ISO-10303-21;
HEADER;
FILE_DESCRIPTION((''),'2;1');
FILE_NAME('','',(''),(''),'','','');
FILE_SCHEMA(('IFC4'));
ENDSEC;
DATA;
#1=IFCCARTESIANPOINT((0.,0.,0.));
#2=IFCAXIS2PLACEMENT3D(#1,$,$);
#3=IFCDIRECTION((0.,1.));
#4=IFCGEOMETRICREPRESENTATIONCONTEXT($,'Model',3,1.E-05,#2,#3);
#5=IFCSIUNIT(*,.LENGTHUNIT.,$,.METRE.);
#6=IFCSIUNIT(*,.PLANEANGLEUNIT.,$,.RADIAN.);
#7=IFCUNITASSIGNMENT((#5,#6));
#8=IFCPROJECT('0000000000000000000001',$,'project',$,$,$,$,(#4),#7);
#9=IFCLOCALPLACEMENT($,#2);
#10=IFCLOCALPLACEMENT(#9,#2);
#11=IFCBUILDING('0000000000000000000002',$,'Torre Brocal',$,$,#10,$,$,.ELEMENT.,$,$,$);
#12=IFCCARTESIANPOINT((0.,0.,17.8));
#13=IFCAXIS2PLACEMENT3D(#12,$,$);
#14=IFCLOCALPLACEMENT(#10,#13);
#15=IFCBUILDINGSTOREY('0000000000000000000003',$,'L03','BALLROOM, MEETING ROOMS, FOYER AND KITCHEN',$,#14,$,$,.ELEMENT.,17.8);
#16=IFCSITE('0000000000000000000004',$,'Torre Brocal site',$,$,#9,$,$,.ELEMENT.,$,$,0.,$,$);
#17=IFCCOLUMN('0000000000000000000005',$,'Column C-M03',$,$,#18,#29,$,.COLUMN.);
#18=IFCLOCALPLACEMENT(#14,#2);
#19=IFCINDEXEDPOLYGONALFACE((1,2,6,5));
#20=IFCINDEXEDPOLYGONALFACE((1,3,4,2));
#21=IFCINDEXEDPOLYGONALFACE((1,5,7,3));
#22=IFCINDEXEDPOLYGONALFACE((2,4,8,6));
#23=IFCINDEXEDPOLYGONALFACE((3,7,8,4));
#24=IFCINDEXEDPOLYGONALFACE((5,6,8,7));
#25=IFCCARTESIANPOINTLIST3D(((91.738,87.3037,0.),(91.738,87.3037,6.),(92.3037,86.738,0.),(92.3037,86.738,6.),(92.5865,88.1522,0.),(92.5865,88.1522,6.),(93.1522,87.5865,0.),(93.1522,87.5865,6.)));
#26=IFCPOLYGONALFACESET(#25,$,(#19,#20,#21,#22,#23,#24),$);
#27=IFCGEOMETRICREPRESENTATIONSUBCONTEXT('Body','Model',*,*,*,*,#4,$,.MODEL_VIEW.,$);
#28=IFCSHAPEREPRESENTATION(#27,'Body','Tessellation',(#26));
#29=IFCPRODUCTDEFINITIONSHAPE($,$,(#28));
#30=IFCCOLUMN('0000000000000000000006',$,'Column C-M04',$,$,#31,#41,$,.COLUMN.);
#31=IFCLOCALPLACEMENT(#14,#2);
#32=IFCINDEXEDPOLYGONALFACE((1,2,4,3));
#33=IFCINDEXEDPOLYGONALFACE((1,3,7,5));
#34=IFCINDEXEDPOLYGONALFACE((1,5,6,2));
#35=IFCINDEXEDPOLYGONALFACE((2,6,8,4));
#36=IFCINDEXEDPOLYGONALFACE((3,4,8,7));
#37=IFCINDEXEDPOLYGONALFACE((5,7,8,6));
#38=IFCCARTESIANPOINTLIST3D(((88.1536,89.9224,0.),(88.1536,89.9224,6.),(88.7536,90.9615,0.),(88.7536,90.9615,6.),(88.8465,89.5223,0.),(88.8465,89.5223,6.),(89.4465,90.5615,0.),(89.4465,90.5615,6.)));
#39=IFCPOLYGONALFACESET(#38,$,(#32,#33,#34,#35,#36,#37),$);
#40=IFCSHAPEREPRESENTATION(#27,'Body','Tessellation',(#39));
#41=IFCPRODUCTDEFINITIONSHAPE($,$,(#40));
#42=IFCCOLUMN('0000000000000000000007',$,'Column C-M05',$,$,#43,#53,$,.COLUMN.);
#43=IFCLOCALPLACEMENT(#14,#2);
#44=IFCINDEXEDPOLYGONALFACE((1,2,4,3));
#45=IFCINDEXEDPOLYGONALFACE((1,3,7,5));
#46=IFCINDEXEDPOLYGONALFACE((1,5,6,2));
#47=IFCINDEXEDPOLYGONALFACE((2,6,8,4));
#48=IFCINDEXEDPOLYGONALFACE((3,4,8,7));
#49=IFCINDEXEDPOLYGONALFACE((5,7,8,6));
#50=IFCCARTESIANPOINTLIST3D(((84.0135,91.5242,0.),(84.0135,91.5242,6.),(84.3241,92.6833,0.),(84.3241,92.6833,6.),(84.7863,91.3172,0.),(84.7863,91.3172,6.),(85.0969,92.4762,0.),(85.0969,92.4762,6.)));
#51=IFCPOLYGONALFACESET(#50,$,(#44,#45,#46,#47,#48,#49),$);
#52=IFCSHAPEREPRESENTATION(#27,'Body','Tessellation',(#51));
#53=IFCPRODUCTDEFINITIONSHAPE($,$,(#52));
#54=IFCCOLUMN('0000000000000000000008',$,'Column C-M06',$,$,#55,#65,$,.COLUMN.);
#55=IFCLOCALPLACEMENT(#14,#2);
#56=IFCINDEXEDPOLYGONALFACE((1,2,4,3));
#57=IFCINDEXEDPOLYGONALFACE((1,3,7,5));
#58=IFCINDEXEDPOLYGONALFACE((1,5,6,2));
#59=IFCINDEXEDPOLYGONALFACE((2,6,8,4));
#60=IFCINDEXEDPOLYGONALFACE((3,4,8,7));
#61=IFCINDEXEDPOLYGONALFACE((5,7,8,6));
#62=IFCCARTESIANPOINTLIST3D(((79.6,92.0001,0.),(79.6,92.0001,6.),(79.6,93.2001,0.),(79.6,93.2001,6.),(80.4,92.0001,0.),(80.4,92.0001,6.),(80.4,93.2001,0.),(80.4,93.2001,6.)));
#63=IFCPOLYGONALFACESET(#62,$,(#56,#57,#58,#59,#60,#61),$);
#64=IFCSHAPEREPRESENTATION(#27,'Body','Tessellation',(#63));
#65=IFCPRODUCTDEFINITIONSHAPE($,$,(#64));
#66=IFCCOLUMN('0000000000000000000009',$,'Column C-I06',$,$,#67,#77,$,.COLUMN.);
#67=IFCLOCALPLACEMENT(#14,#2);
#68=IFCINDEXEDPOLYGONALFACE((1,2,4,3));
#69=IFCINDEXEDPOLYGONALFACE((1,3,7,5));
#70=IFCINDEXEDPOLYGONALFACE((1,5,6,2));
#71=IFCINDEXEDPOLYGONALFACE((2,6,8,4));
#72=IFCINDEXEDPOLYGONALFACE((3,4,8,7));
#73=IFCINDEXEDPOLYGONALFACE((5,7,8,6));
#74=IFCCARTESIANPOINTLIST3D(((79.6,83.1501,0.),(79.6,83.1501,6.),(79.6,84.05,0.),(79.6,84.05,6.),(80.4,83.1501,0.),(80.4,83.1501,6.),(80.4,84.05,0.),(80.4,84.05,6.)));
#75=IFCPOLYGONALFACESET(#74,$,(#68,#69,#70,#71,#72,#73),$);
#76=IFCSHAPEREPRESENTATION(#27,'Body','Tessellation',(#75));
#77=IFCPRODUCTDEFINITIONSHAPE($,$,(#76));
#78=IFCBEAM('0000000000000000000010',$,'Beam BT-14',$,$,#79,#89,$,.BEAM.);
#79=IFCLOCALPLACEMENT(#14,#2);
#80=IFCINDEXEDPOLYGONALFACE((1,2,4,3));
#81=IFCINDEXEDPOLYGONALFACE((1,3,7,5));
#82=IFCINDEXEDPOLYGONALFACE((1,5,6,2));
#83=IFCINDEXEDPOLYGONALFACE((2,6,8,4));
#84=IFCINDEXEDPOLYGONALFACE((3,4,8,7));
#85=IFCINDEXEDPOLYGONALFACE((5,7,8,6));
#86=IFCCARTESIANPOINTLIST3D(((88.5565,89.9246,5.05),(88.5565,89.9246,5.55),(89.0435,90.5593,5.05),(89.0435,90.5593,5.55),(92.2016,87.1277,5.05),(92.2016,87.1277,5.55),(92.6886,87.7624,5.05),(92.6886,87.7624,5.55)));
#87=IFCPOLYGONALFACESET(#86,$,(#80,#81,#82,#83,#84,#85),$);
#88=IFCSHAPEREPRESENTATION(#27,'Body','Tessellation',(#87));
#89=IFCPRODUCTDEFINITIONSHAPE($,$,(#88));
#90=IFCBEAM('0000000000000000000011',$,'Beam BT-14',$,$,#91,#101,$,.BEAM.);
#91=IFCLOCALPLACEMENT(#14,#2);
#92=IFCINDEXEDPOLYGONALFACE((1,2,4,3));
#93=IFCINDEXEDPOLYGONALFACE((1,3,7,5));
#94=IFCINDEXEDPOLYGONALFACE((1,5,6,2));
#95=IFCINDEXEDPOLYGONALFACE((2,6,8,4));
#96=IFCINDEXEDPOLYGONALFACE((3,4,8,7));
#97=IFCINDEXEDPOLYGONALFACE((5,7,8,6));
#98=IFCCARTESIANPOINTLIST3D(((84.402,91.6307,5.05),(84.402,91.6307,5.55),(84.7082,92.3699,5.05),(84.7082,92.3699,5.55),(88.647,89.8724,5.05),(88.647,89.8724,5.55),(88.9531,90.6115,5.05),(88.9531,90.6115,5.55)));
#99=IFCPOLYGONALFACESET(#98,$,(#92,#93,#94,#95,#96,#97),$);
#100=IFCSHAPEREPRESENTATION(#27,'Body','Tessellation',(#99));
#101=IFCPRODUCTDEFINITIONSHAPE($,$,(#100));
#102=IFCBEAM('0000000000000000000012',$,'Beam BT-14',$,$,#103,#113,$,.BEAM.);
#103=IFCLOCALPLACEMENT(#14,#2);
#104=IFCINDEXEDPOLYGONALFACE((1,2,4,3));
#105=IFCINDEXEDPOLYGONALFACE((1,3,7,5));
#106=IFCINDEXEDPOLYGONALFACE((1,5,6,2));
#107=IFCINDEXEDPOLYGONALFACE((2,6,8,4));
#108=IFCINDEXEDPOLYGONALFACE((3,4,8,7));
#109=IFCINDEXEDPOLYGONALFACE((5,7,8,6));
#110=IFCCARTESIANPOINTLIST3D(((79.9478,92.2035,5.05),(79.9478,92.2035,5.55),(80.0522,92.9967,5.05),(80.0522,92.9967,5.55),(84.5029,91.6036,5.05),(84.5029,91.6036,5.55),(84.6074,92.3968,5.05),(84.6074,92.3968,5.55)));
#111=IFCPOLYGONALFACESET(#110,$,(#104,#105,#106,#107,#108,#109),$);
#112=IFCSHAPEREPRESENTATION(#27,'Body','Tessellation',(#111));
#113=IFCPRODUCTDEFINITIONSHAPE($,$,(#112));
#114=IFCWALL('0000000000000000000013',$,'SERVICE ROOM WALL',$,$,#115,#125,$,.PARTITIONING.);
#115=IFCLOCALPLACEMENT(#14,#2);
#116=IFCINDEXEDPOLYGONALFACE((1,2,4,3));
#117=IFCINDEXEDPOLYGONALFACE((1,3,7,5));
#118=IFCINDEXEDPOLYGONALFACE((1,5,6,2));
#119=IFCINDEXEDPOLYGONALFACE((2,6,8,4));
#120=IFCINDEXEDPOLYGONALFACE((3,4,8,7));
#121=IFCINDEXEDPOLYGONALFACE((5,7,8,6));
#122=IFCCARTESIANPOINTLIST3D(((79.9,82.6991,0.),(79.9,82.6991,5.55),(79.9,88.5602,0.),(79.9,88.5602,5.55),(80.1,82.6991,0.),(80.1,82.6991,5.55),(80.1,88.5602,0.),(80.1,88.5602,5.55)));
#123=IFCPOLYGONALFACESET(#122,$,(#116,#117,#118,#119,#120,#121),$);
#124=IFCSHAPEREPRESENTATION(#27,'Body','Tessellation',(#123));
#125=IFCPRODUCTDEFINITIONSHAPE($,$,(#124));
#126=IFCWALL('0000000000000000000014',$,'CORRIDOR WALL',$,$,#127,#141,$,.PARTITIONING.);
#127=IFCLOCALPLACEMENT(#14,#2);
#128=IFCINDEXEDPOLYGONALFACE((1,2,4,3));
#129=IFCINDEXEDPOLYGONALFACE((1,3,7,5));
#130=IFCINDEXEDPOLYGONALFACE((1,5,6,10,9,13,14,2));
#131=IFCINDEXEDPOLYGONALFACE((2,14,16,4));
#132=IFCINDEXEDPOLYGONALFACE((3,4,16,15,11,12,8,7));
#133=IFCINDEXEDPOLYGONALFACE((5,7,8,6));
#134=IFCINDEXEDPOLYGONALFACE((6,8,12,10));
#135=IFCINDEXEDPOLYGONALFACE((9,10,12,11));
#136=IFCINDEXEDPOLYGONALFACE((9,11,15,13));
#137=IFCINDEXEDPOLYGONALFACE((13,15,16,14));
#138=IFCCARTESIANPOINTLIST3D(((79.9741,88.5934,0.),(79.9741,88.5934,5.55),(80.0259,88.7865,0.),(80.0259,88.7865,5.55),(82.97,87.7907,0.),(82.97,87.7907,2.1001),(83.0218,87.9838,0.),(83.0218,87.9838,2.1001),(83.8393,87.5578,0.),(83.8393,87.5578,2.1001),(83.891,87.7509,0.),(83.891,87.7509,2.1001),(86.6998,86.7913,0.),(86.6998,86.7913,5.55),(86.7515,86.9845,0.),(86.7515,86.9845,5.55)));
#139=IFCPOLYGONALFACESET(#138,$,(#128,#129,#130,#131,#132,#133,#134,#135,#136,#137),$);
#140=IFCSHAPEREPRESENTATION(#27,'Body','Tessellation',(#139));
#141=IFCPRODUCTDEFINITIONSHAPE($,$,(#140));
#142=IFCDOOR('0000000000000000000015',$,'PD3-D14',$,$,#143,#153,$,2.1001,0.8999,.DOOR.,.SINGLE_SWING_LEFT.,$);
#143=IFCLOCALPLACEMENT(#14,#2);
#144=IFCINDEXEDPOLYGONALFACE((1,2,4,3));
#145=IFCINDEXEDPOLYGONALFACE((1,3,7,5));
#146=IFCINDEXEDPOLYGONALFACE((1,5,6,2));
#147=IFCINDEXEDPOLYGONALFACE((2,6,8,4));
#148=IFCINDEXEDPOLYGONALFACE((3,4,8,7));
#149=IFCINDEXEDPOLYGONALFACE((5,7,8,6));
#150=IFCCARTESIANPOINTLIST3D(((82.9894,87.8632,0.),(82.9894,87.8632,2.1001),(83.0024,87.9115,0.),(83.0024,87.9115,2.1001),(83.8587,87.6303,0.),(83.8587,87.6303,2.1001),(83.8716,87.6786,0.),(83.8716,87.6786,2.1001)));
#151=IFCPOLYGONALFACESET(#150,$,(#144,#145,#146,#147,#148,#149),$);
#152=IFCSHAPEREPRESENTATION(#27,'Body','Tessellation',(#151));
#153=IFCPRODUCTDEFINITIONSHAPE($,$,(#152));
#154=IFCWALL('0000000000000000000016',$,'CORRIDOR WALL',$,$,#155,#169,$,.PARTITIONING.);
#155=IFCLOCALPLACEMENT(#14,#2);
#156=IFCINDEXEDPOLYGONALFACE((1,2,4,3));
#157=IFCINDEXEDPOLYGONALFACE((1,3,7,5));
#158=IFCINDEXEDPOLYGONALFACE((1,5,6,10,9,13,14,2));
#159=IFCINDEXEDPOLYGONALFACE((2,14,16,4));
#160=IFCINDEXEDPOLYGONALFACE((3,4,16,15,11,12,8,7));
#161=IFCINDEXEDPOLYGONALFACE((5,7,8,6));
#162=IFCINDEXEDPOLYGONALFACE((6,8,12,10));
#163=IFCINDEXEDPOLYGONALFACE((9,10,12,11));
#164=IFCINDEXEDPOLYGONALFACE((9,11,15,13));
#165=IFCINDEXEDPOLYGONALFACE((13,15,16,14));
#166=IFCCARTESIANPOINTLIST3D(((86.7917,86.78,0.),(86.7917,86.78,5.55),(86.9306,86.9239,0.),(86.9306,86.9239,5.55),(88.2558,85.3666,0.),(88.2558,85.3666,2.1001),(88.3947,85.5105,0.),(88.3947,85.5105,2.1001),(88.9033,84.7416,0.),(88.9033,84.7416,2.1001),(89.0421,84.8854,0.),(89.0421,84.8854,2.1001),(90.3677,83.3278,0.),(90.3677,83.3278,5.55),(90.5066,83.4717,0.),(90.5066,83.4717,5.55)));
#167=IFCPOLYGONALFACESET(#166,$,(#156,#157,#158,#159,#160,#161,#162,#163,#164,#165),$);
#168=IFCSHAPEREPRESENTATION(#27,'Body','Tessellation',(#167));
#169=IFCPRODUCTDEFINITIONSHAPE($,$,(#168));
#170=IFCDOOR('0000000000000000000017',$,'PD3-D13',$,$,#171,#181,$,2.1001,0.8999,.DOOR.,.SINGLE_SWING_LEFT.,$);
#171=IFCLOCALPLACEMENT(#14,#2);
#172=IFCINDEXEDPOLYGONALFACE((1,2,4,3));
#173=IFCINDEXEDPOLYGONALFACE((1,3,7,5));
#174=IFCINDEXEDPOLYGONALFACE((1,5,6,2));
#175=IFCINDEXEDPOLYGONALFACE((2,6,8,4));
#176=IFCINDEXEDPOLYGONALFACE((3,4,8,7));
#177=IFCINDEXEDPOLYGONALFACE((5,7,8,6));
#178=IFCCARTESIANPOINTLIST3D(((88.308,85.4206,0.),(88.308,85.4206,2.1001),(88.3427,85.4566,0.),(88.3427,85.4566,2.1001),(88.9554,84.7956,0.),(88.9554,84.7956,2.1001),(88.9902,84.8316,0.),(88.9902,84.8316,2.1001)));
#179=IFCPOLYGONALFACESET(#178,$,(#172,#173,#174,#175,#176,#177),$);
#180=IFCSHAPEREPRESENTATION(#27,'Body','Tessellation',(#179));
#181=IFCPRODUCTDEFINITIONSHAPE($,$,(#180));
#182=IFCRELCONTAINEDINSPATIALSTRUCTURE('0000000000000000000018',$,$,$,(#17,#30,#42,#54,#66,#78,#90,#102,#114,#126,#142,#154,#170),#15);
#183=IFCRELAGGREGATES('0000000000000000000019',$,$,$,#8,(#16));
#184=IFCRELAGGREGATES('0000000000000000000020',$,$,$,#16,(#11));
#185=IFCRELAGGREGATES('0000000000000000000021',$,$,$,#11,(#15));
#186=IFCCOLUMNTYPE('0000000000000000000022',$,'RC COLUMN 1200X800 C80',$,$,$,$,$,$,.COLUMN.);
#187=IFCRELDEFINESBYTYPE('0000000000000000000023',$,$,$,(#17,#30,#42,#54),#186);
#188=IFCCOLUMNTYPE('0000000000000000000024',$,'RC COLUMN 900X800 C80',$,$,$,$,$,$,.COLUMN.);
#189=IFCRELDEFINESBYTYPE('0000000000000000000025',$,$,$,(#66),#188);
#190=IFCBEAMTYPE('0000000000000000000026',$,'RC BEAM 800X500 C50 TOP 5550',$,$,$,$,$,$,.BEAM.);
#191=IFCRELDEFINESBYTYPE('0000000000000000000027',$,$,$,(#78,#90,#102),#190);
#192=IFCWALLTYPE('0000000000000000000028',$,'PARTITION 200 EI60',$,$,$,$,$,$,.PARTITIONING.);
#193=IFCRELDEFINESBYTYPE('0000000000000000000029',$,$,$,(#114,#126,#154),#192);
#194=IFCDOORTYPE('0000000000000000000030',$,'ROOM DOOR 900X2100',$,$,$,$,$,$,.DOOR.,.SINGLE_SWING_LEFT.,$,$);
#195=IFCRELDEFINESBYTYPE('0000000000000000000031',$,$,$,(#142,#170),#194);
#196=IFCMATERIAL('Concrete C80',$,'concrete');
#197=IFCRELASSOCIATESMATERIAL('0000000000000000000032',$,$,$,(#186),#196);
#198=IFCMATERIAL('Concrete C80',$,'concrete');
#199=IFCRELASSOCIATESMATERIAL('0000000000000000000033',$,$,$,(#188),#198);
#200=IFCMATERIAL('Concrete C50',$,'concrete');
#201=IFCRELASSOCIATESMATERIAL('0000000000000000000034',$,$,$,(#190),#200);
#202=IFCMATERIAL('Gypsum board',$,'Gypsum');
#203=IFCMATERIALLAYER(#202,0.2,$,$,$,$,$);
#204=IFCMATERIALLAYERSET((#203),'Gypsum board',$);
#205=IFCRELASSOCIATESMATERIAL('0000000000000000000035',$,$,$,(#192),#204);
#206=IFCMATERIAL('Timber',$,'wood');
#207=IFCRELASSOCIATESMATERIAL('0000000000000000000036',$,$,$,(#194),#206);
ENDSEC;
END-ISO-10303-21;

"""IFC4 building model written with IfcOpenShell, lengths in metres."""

from ifc_helpers import new_model, si_unit, direction, frame, frame_2d, origin, origin_2d, place, context, subcontext, project, spatial, rectangle, extrude, material, layer, layer_set, material_profile, profile_set, type_object, element, fill, save


model = new_model("IFC4")

# Units and contexts
model_context = context("Model", 3, precision=1e-05, world=origin(), true_north=direction((0.0, 1.0)))
body_context = subcontext(model_context, "Body", "Model", "MODEL_VIEW")
ifc_project = project(units=[si_unit("LENGTHUNIT", "METRE"), si_unit("PLANEANGLEUNIT", "RADIAN")], contexts=[model_context])

# Site, building, storey
site_placement = place(None, origin())
site = spatial("IfcSite", under=ifc_project, at=site_placement, Name="Torre Brocal site", CompositionType="ELEMENT", RefElevation=0.0)
building_placement = place(site_placement, origin())
building = spatial("IfcBuilding", under=site, at=building_placement, Name="Torre Brocal", CompositionType="ELEMENT")
storey_placement = place(building_placement, frame((0.0, 0.0, 17.8)))
storey = spatial("IfcBuildingStorey", under=building, at=storey_placement, Name="L03", Description="BALLROOM, MEETING ROOMS, FOYER AND KITCHEN", CompositionType="ELEMENT", Elevation=17.8)

# Columns
ifc_material_1 = material(Name="Concrete C80", Category="concrete")
ifc_material_profile_1 = material_profile(ifc_material_1, rectangle(XDim=1.2, YDim=0.8, at=origin_2d()), Name="RC 1200X800")
ifc_profile_set_1 = profile_set([ifc_material_profile_1], Name="Concrete C80")
column_type_1 = type_object("IfcColumnType", Name="RC COLUMN 1200X800 C80", PredefinedType="COLUMN", material=ifc_profile_set_1)
for number, where, z_axis, x_axis, name in (
    (1, (92.4451, 87.4451, 0.0), (0.0, 0.0, 1.0), (0.707107, 0.707107, 0.0), "Column C-M03"),
    (2, (88.8, 90.2419, 0.0), (0.0, 0.0, 1.0), (0.5, 0.866025, 0.0), "Column C-M04"),
    (3, (84.5552, 92.0002, 0.0), (0.0, 0.0, 1.0), (0.258819, 0.965926, 0.0), "Column C-M05"),
    (4, (80.0, 92.6001, 0.0), (0.0, 0.0, 1.0), (0.0, 1.0, 0.0), "Column C-M06"),
):
    element("IfcColumn", number, at=place(storey_placement, frame(where, z_axis=z_axis, x_axis=x_axis)), inside=storey, type_object=column_type_1, Name=name, PredefinedType="COLUMN", context=body_context, shape_type="SweptSolid", body=[
        extrude(rectangle(XDim=1.2, YDim=0.8, at=origin_2d()), origin(), (0.0, 0.0, 1.0), 6.0),
    ])
ifc_material_2 = material(Name="Concrete C80", Category="concrete")
ifc_material_profile_2 = material_profile(ifc_material_2, rectangle(XDim=0.8999, YDim=0.8, at=origin_2d()), Name="RC 900X800")
ifc_profile_set_2 = profile_set([ifc_material_profile_2], Name="Concrete C80")
column_type_2 = type_object("IfcColumnType", Name="RC COLUMN 900X800 C80", PredefinedType="COLUMN", material=ifc_profile_set_2)
column_placement = place(storey_placement, frame((80.0, 83.6001, 0.0), z_axis=(0.0, 0.0, 1.0), x_axis=(0.0, 1.0, 0.0)))
element("IfcColumn", 5, at=column_placement, inside=storey, type_object=column_type_2, Name="Column C-I06", PredefinedType="COLUMN", context=body_context, shape_type="SweptSolid", body=[
    extrude(rectangle(XDim=0.8999, YDim=0.8, at=origin_2d()), origin(), (0.0, 0.0, 1.0), 6.0),
])

# Beams
ifc_material_3 = material(Name="Concrete C50", Category="concrete")
ifc_material_profile_3 = material_profile(ifc_material_3, rectangle(XDim=0.8, YDim=0.5, at=origin_2d()), Name="RC 800X500")
ifc_profile_set_3 = profile_set([ifc_material_profile_3], Name="Concrete C50")
beam_type = type_object("IfcBeamType", Name="RC BEAM 800X500 C50 TOP 5550", PredefinedType="BEAM", material=ifc_profile_set_3)
beam_1_placement = place(storey_placement, frame((92.4451, 87.4451, 5.3), z_axis=(-0.793358, 0.608755, 0.0), x_axis=(-0.608755, -0.793358, 0.0)))
element("IfcBeam", 6, at=beam_1_placement, inside=storey, type_object=beam_type, Name="Beam BT-14", PredefinedType="BEAM", context=body_context, shape_type="SweptSolid", body=[
    extrude(rectangle(XDim=0.8, YDim=0.5, at=origin_2d()), origin(), (0.0, 0.0, 1.0), 4.5945),
])
beam_2_placement = place(storey_placement, frame((88.8, 90.2419, 5.3), z_axis=(-0.923878, 0.382687, 0.0), x_axis=(-0.382687, -0.923878, 0.0)))
element("IfcBeam", 7, at=beam_2_placement, inside=storey, type_object=beam_type, Name="Beam BT-14", PredefinedType="BEAM", context=body_context, shape_type="SweptSolid", body=[
    extrude(rectangle(XDim=0.8, YDim=0.5, at=origin_2d()), origin(), (0.0, 0.0, 1.0), 4.5947),
])
beam_3_placement = place(storey_placement, frame((84.5552, 92.0002, 5.3), z_axis=(-0.991441, 0.130559, 0.0), x_axis=(-0.130559, -0.991441, 0.0)))
element("IfcBeam", 8, at=beam_3_placement, inside=storey, type_object=beam_type, Name="Beam BT-14", PredefinedType="BEAM", context=body_context, shape_type="SweptSolid", body=[
    extrude(rectangle(XDim=0.8, YDim=0.5, at=origin_2d()), origin(), (0.0, 0.0, 1.0), 4.5945),
])

# Wall
ifc_material_4 = material(Name="Gypsum board", Category="Gypsum")
ifc_layer_1 = layer(ifc_material_4, 0.2)
ifc_layer_set_1 = layer_set([ifc_layer_1], Name="Gypsum board")
wall_type_1 = type_object("IfcWallType", Name="PARTITION 200 EI60", PredefinedType="PARTITIONING", material=ifc_layer_set_1)
wall_1_placement = place(storey_placement, frame((80.0, 82.699, 0.0), z_axis=(0.0, 0.0, 1.0), x_axis=(0.0, 1.0, 0.0)))
element("IfcWall", 9, at=wall_1_placement, inside=storey, type_object=wall_type_1, Name="SERVICE ROOM WALL", PredefinedType="PARTITIONING", context=body_context, shape_type="SweptSolid", body=[
    extrude(rectangle(XDim=5.8611, YDim=0.2, at=frame_2d((2.9307, 0.0))), origin(), (0.0, 0.0, 1.0), 5.55),
])

# Walls, openings, doors
wall_2_placement = place(storey_placement, frame((80.0, 88.6899, 0.0), z_axis=(0.0, 0.0, 1.0), x_axis=(0.96593, -0.258804, 0.0)))
wall_2 = element("IfcWall", 10, at=wall_2_placement, inside=storey, type_object=wall_type_1, Name="CORRIDOR WALL", PredefinedType="PARTITIONING", context=body_context, shape_type="SweptSolid", body=[
    extrude(rectangle(XDim=6.9629, YDim=0.2, at=frame_2d((3.4814, 0.0))), origin(), (0.0, 0.0, 1.0), 5.55),
])
opening_1_placement = place(wall_2_placement, frame((3.1016, 0.0, 0.0)))
opening_1 = element("IfcOpeningElement", 11, at=opening_1_placement, cuts=wall_2, PredefinedType="OPENING", context=body_context, shape_type="SweptSolid", body=[
    extrude(rectangle(XDim=0.8999, YDim=2.1001, at=frame_2d((0.45, 1.05))), frame((0.0, 0.1099, 0.0), z_axis=(0.0, -1.0, 0.0), x_axis=(1.0, 0.0, 0.0)), (0.0, 0.0, 1.0), 0.22),
])
ifc_material_5 = material(Name="Timber", Category="wood")
door_type_1 = type_object("IfcDoorType", Name="ROOM DOOR 900X2100", OperationType="SINGLE_SWING_LEFT", PredefinedType="DOOR", material=ifc_material_5)
door_1_placement = place(opening_1_placement, frame((0.8999, 0.0, 0.0), z_axis=(0.0, 0.0, 1.0), x_axis=(-1.0, 0.0, 0.0)))
door_1 = element("IfcDoor", 12, at=door_1_placement, inside=storey, type_object=door_type_1, Name="PD3-D14", OperationType="SINGLE_SWING_LEFT", OverallHeight=2.1001, OverallWidth=0.8999, PredefinedType="DOOR", context=body_context, shape_type="SweptSolid", body=[
    extrude(rectangle(XDim=0.8999, YDim=2.1001, at=frame_2d((0.45, 1.05))), frame((0.0, 0.0249, 0.0), z_axis=(0.0, -1.0, 0.0), x_axis=(1.0, 0.0, 0.0)), (0.0, 0.0, 1.0), 0.05),
])
fill(opening_1, door_1)
wall_3_placement = place(storey_placement, frame((86.8611, 86.8521, 0.0), z_axis=(0.0, 0.0, 1.0), x_axis=(0.719449, -0.694545, 0.0)))
wall_3 = element("IfcWall", 13, at=wall_3_placement, inside=storey, type_object=wall_type_1, Name="CORRIDOR WALL", PredefinedType="PARTITIONING", context=body_context, shape_type="SweptSolid", body=[
    extrude(rectangle(XDim=4.9705, YDim=0.2, at=frame_2d((2.4854, 0.0))), origin(), (0.0, 0.0, 1.0), 5.55),
])
opening_2_placement = place(wall_3_placement, frame((2.0352, 0.0, 0.0)))
opening_2 = element("IfcOpeningElement", 14, at=opening_2_placement, cuts=wall_3, PredefinedType="OPENING", context=body_context, shape_type="SweptSolid", body=[
    extrude(rectangle(XDim=0.8999, YDim=2.1001, at=frame_2d((0.45, 1.05))), frame((0.0, 0.1099, 0.0), z_axis=(0.0, -1.0, 0.0), x_axis=(1.0, 0.0, 0.0)), (0.0, 0.0, 1.0), 0.22),
])
door_2_placement = place(opening_2_placement, frame((0.8999, 0.0, 0.0), z_axis=(0.0, 0.0, 1.0), x_axis=(-1.0, 0.0, 0.0)))
door_2 = element("IfcDoor", 15, at=door_2_placement, inside=storey, type_object=door_type_1, Name="PD3-D13", OperationType="SINGLE_SWING_LEFT", OverallHeight=2.1001, OverallWidth=0.8999, PredefinedType="DOOR", context=body_context, shape_type="SweptSolid", body=[
    extrude(rectangle(XDim=0.8999, YDim=2.1001, at=frame_2d((0.45, 1.05))), frame((0.0, 0.0249, 0.0), z_axis=(0.0, -1.0, 0.0), x_axis=(1.0, 0.0, 0.0)), (0.0, 0.0, 1.0), 0.05),
])
fill(opening_2, door_2)

save(model, "model.ifc")
